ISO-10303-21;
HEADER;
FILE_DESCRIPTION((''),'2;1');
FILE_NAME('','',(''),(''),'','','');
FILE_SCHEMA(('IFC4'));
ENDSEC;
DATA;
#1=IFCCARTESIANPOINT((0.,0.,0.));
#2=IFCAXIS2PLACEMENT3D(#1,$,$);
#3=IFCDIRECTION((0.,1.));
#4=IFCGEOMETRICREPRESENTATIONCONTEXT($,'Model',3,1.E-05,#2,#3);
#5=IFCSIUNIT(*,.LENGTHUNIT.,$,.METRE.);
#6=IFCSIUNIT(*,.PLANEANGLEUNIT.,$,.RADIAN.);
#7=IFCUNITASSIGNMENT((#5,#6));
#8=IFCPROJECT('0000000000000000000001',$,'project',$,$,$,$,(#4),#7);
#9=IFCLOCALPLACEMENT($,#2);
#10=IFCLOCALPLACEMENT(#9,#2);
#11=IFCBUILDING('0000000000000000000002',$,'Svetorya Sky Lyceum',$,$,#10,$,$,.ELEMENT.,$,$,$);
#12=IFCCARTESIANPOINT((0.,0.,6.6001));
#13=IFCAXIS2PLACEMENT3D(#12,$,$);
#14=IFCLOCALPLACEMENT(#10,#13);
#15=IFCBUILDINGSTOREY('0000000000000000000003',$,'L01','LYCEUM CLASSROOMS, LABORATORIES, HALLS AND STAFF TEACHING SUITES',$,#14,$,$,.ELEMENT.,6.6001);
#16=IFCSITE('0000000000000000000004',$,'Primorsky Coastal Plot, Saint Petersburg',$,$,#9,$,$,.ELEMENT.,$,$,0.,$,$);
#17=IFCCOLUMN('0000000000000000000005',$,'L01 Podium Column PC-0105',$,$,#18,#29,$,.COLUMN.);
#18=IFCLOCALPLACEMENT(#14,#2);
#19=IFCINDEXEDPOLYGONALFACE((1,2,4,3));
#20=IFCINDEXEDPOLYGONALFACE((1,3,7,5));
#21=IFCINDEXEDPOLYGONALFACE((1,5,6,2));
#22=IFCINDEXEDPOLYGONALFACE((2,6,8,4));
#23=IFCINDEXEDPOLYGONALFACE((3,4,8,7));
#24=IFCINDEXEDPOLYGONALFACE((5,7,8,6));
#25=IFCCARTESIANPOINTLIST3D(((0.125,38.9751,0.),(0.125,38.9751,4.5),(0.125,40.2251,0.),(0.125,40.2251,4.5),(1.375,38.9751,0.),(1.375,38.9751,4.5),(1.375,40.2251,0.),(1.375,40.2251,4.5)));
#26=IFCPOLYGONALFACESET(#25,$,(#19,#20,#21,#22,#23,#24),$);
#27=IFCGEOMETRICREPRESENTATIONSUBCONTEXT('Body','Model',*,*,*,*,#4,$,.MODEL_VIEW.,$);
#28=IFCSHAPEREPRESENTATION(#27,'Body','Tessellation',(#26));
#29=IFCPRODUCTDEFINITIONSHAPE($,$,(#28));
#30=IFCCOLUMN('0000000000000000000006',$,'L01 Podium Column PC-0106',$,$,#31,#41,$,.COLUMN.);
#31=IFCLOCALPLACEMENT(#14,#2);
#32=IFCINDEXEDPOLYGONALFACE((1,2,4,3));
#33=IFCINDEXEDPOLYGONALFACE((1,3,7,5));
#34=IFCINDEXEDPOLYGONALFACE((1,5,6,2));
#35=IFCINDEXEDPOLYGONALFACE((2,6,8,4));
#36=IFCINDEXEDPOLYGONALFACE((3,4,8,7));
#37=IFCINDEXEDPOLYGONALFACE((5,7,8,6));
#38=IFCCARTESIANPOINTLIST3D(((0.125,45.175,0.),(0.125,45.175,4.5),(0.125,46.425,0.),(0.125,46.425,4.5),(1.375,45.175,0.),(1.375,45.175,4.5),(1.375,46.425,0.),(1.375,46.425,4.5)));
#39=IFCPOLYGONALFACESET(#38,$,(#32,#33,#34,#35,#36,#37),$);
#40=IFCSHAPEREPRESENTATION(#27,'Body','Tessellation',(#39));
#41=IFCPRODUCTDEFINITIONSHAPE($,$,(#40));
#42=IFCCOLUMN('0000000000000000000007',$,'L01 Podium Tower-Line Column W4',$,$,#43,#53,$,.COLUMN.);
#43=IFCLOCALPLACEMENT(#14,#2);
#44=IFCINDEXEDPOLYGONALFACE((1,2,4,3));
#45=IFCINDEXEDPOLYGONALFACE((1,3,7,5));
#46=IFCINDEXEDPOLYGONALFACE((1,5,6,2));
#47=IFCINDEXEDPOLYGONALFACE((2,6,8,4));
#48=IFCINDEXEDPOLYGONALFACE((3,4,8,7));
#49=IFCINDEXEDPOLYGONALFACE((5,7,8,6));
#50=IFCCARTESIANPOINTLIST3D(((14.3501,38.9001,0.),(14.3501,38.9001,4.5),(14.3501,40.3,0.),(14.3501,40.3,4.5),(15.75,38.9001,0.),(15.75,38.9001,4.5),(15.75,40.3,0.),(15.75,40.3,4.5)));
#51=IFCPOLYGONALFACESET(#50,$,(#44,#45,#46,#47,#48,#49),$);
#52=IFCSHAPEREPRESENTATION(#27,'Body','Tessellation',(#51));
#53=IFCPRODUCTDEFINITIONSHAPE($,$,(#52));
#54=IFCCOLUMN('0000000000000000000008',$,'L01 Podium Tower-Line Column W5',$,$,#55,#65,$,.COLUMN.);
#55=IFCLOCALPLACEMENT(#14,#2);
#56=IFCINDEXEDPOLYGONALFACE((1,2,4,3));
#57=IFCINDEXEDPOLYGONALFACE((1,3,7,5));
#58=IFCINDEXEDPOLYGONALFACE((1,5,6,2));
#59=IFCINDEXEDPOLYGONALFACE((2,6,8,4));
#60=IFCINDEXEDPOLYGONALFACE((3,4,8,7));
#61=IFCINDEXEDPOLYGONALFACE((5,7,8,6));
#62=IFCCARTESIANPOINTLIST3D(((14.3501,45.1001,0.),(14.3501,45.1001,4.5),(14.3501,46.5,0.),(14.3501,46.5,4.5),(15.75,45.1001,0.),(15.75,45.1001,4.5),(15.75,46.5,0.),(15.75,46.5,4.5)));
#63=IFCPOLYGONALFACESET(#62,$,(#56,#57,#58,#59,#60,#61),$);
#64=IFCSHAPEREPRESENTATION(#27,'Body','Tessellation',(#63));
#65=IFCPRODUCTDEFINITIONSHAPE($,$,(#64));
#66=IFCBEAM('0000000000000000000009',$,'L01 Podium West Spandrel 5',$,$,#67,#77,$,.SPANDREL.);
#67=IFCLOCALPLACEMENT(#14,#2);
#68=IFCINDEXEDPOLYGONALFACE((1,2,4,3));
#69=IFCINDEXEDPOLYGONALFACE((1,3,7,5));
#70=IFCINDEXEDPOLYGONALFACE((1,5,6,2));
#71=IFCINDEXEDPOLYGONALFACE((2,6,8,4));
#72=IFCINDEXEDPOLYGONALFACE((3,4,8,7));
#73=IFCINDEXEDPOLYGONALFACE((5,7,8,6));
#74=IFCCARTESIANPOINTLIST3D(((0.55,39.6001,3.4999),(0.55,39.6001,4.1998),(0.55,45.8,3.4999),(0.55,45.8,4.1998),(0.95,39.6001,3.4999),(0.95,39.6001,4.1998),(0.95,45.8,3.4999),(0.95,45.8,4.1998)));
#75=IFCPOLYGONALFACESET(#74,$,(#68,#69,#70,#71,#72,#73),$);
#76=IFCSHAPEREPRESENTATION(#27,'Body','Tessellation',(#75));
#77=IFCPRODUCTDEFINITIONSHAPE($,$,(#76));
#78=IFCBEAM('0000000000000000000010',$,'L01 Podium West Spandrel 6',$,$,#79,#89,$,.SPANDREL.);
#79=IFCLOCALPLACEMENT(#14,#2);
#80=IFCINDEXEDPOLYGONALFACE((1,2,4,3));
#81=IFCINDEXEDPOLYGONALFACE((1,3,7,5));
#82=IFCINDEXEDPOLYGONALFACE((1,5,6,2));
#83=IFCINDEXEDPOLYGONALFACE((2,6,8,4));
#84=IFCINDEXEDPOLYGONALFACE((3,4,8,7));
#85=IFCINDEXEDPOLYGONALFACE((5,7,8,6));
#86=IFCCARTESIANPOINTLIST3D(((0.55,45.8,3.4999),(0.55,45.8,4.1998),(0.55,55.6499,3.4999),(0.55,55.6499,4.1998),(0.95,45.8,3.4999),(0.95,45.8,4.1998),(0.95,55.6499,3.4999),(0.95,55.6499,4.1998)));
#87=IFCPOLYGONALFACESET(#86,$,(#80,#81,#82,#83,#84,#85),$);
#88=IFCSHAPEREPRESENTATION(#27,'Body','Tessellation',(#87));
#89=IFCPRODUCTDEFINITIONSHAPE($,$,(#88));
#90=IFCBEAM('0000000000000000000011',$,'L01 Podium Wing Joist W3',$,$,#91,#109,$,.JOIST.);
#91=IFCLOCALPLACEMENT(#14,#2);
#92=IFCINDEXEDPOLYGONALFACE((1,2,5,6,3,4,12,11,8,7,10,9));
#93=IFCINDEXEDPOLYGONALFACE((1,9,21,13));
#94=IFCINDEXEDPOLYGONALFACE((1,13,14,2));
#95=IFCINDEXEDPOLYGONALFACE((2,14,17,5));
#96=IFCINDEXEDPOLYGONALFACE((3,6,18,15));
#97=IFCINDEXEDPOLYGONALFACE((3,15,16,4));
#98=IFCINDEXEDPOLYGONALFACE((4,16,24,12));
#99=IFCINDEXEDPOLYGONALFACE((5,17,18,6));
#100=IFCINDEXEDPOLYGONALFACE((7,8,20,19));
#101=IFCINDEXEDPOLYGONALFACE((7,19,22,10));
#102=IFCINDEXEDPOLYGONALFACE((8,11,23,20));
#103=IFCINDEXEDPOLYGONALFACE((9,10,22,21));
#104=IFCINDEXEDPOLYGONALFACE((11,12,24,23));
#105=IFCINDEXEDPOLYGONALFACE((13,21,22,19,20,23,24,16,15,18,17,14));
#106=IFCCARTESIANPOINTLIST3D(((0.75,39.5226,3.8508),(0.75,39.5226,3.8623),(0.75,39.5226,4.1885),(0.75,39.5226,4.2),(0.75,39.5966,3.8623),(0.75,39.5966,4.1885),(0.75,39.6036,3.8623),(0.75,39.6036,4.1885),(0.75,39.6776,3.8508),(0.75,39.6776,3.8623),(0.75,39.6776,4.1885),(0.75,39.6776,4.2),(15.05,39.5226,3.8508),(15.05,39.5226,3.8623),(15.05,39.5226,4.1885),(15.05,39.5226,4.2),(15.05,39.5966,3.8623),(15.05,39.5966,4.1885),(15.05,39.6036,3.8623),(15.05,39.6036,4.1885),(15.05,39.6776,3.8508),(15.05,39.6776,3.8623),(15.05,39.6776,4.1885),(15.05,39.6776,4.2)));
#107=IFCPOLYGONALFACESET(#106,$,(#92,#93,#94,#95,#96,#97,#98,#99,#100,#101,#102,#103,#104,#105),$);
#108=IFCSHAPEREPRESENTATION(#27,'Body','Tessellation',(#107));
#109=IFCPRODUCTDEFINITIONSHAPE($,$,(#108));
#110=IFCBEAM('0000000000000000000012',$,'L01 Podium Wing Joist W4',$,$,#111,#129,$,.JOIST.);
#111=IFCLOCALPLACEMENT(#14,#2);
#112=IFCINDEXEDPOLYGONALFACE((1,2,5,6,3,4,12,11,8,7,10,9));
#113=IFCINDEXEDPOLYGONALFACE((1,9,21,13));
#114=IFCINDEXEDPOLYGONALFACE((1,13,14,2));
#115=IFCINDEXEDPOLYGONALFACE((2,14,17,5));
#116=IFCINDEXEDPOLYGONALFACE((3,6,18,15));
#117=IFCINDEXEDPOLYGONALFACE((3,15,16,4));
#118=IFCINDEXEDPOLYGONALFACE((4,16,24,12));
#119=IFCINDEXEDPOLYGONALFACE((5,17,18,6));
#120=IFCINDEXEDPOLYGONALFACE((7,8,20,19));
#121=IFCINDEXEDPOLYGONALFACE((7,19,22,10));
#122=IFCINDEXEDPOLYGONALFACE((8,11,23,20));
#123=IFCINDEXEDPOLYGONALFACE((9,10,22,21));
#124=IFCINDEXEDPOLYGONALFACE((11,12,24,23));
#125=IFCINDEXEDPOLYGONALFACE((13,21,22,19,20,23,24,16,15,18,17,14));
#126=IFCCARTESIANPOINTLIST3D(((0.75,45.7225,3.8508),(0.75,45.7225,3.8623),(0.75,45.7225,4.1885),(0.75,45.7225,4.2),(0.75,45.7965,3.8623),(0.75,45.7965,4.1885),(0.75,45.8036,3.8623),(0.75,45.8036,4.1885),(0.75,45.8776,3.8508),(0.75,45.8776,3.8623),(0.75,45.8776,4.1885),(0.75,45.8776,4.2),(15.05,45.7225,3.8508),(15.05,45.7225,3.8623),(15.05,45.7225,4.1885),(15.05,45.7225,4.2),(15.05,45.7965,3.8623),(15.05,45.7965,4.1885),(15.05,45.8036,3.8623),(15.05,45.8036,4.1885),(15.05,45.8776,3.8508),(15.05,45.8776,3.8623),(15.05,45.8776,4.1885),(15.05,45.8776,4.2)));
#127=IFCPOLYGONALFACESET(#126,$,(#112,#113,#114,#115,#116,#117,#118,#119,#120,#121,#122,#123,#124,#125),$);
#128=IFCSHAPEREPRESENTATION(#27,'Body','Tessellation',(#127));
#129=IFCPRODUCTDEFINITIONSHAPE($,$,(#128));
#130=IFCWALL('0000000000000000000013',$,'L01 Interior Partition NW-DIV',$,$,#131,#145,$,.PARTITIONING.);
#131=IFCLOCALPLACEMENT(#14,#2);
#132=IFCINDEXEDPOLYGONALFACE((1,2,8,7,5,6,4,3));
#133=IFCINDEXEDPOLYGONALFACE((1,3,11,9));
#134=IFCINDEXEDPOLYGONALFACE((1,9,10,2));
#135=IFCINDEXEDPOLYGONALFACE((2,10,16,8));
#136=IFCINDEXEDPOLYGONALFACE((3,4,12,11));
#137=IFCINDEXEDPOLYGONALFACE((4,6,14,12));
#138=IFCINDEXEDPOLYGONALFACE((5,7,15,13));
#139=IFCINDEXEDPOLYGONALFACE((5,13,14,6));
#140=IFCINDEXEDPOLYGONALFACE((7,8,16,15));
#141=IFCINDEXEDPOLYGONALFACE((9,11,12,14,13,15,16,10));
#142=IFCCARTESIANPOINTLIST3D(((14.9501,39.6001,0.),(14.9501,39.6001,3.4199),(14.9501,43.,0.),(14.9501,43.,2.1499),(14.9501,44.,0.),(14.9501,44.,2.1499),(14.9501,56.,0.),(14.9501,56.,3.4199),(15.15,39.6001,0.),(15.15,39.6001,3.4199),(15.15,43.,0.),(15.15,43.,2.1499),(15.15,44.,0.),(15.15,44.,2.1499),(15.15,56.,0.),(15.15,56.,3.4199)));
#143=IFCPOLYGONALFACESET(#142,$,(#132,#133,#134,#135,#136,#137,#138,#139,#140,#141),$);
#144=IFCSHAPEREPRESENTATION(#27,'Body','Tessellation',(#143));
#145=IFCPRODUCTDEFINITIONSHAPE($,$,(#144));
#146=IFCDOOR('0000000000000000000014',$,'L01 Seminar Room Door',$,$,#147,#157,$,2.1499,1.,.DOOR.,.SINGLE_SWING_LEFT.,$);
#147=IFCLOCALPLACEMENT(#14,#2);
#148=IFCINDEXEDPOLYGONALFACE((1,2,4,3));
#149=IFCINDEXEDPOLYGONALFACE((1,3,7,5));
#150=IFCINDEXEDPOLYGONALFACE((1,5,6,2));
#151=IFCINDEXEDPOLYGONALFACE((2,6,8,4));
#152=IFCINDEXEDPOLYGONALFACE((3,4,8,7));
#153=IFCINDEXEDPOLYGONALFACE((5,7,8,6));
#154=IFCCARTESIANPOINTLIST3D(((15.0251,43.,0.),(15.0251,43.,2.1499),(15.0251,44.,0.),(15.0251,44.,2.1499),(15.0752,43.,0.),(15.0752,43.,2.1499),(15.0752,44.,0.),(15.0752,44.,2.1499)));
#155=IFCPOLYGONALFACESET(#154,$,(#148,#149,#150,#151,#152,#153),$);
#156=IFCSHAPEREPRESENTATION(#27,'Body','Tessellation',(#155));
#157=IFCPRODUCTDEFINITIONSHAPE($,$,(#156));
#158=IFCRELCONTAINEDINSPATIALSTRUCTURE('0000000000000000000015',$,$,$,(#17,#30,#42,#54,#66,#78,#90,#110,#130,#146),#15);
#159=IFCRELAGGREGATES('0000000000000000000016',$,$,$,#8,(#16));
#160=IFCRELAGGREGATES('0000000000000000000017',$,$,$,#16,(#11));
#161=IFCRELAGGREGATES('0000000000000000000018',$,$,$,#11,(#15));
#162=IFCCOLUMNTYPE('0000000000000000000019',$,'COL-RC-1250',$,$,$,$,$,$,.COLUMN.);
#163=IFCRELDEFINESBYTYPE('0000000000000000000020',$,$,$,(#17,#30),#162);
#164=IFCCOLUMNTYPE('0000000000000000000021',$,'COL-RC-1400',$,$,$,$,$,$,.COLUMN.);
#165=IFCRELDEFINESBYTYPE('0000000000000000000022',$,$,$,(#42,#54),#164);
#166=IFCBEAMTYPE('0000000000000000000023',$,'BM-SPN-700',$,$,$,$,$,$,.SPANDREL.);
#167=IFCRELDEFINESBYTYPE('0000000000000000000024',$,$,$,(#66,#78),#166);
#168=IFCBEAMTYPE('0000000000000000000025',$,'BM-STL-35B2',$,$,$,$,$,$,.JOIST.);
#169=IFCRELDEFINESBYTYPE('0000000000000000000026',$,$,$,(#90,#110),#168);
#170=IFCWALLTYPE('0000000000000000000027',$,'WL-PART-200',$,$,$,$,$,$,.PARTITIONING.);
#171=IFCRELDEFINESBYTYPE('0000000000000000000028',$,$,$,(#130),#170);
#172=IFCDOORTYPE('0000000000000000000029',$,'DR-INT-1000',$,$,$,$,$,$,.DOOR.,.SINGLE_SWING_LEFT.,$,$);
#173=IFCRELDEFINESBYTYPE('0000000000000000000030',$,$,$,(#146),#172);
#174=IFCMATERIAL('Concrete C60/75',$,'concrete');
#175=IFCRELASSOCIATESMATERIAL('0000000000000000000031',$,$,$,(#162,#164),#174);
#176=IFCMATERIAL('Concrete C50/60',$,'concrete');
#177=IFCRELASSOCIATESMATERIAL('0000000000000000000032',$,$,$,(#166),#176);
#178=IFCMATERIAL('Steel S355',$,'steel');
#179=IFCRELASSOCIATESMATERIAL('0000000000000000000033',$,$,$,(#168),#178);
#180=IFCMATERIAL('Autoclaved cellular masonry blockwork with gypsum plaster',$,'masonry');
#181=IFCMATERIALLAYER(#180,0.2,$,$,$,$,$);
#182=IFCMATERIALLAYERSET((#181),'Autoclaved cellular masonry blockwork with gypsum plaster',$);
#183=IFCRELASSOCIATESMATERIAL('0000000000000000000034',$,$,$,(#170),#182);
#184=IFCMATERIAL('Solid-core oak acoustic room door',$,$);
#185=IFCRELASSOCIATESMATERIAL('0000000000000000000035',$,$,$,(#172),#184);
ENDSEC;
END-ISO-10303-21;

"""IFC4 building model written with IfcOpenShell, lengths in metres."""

from ifc_helpers import new_model, si_unit, direction, frame, frame_2d, origin, origin_2d, place, context, subcontext, project, spatial, rectangle, i_section, extrude, material, layer, layer_set, material_profile, profile_set, type_object, element, fill, save


model = new_model("IFC4")

# Units and contexts
model_context = context("Model", 3, precision=1e-05, world=origin(), true_north=direction((0.0, 1.0)))
body_context = subcontext(model_context, "Body", "Model", "MODEL_VIEW")
ifc_project = project(units=[si_unit("LENGTHUNIT", "METRE"), si_unit("PLANEANGLEUNIT", "RADIAN")], contexts=[model_context])

# Site, building, storey
site_placement = place(None, origin())
site = spatial("IfcSite", under=ifc_project, at=site_placement, Name="Primorsky Coastal Plot, Saint Petersburg", CompositionType="ELEMENT", RefElevation=0.0)
building_placement = place(site_placement, origin())
building = spatial("IfcBuilding", under=site, at=building_placement, Name="Svetorya Sky Lyceum", CompositionType="ELEMENT")
storey_placement = place(building_placement, frame((0.0, 0.0, 6.6001)))
storey = spatial("IfcBuildingStorey", under=building, at=storey_placement, Name="L01", Description="LYCEUM CLASSROOMS, LABORATORIES, HALLS AND STAFF TEACHING SUITES", CompositionType="ELEMENT", Elevation=6.6001)

# Columns
ifc_material_1 = material(Name="Concrete C60/75", Category="concrete")
ifc_material_profile_1 = material_profile(ifc_material_1, rectangle(XDim=1.25, YDim=1.25, at=origin_2d()), Name="RC COL 1250x1250")
ifc_profile_set_1 = profile_set([ifc_material_profile_1], Name="Concrete C60/75")
column_type_1 = type_object("IfcColumnType", Name="COL-RC-1250", PredefinedType="COLUMN", material=ifc_profile_set_1)
for number, where, z_axis, x_axis, name in (
    (1, (0.75, 39.6001, 0.0), (0.0, 0.0, 1.0), (1.0, 0.0, 0.0), "L01 Podium Column PC-0105"),
    (2, (0.75, 45.8, 0.0), (0.0, 0.0, 1.0), (1.0, 0.0, 0.0), "L01 Podium Column PC-0106"),
):
    element("IfcColumn", number, at=place(storey_placement, frame(where, z_axis=z_axis, x_axis=x_axis)), inside=storey, type_object=column_type_1, Name=name, PredefinedType="COLUMN", context=body_context, shape_type="SweptSolid", body=[
        extrude(rectangle(XDim=1.25, YDim=1.25, at=origin_2d()), origin(), (0.0, 0.0, 1.0), 4.5),
    ])
ifc_material_profile_2 = material_profile(ifc_material_1, rectangle(XDim=1.3999, YDim=1.3999, at=origin_2d()), Name="RC COL 1400x1400")
ifc_profile_set_2 = profile_set([ifc_material_profile_2], Name="Concrete C60/75")
column_type_2 = type_object("IfcColumnType", Name="COL-RC-1400", PredefinedType="COLUMN", material=ifc_profile_set_2)
for number, where, z_axis, x_axis, name in (
    (3, (15.05, 39.6001, 0.0), (0.0, 0.0, 1.0), (1.0, 0.0, 0.0), "L01 Podium Tower-Line Column W4"),
    (4, (15.05, 45.8, 0.0), (0.0, 0.0, 1.0), (1.0, 0.0, 0.0), "L01 Podium Tower-Line Column W5"),
):
    element("IfcColumn", number, at=place(storey_placement, frame(where, z_axis=z_axis, x_axis=x_axis)), inside=storey, type_object=column_type_2, Name=name, PredefinedType="COLUMN", context=body_context, shape_type="SweptSolid", body=[
        extrude(rectangle(XDim=1.3999, YDim=1.3999, at=origin_2d()), origin(), (0.0, 0.0, 1.0), 4.5),
    ])

# Beams
ifc_material_2 = material(Name="Concrete C50/60", Category="concrete")
ifc_material_profile_3 = material_profile(ifc_material_2, rectangle(XDim=0.3999, YDim=0.7, at=origin_2d()), Name="RC SPANDREL 400x700")
ifc_profile_set_3 = profile_set([ifc_material_profile_3], Name="Concrete C50/60")
beam_type_1 = type_object("IfcBeamType", Name="BM-SPN-700", PredefinedType="SPANDREL", material=ifc_profile_set_3)
beam_1_placement = place(storey_placement, frame((0.75, 39.6001, 3.8499), z_axis=(0.0, 1.0, 0.0), x_axis=(-1.0, 0.0, 0.0)))
element("IfcBeam", 5, at=beam_1_placement, inside=storey, type_object=beam_type_1, Name="L01 Podium West Spandrel 5", PredefinedType="SPANDREL", context=body_context, shape_type="SweptSolid", body=[
    extrude(rectangle(XDim=0.3999, YDim=0.7, at=origin_2d()), origin(), (0.0, 0.0, 1.0), 6.2),
])
beam_2_placement = place(storey_placement, frame((0.75, 45.8, 3.8499), z_axis=(0.0, 1.0, 0.0), x_axis=(-1.0, 0.0, 0.0)))
element("IfcBeam", 6, at=beam_2_placement, inside=storey, type_object=beam_type_1, Name="L01 Podium West Spandrel 6", PredefinedType="SPANDREL", context=body_context, shape_type="SweptSolid", body=[
    extrude(rectangle(XDim=0.3999, YDim=0.7, at=origin_2d()), origin(), (0.0, 0.0, 1.0), 9.8499),
])
ifc_material_3 = material(Name="Steel S355", Category="steel")
ifc_material_profile_4 = material_profile(ifc_material_3, i_section(OverallWidth=0.155, OverallDepth=0.3491, WebThickness=0.0071, FlangeThickness=0.0115, at=origin_2d()), Name="GOST 35B2")
ifc_profile_set_4 = profile_set([ifc_material_profile_4], Name="Steel S355")
beam_type_2 = type_object("IfcBeamType", Name="BM-STL-35B2", PredefinedType="JOIST", material=ifc_profile_set_4)
for number, where, z_axis, x_axis, name in (
    (7, (0.75, 39.6001, 4.0254), (1.0, 0.0, 0.0), (0.0, 1.0, 0.0), "L01 Podium Wing Joist W3"),
    (8, (0.75, 45.8, 4.0254), (1.0, 0.0, 0.0), (0.0, 1.0, 0.0), "L01 Podium Wing Joist W4"),
):
    element("IfcBeam", number, at=place(storey_placement, frame(where, z_axis=z_axis, x_axis=x_axis)), inside=storey, type_object=beam_type_2, Name=name, PredefinedType="JOIST", context=body_context, shape_type="SweptSolid", body=[
        extrude(i_section(OverallWidth=0.155, OverallDepth=0.3491, WebThickness=0.0071, FlangeThickness=0.0115, at=origin_2d()), origin(), (0.0, 0.0, 1.0), 14.3),
    ])

# Wall, opening, door
ifc_material_4 = material(Name="Autoclaved cellular masonry blockwork with gypsum plaster", Category="masonry")
ifc_layer_1 = layer(ifc_material_4, 0.2)
ifc_layer_set_1 = layer_set([ifc_layer_1], Name="Autoclaved cellular masonry blockwork with gypsum plaster")
wall_type_1 = type_object("IfcWallType", Name="WL-PART-200", PredefinedType="PARTITIONING", material=ifc_layer_set_1)
wall_1_placement = place(storey_placement, frame((15.05, 39.6001, 0.0), z_axis=(0.0, 0.0, 1.0), x_axis=(0.0, 1.0, 0.0)))
wall_1 = element("IfcWall", 9, at=wall_1_placement, inside=storey, type_object=wall_type_1, Name="L01 Interior Partition NW-DIV", PredefinedType="PARTITIONING", context=body_context, shape_type="SweptSolid", body=[
    extrude(rectangle(XDim=16.3999, YDim=0.2, at=frame_2d((8.2, 0.0))), origin(), (0.0, 0.0, 1.0), 3.4199),
])
opening_1_placement = place(wall_1_placement, frame((3.3999, 0.0, 0.0)))
opening_1 = element("IfcOpeningElement", 10, at=opening_1_placement, cuts=wall_1, PredefinedType="OPENING", context=body_context, shape_type="SweptSolid", body=[
    extrude(rectangle(XDim=1.0, YDim=2.1499, at=frame_2d((0.5, 1.075))), frame((0.0, 0.1099, 0.0), z_axis=(0.0, -1.0, 0.0), x_axis=(1.0, 0.0, 0.0)), (0.0, 0.0, 1.0), 0.22),
])
ifc_material_5 = material(Name="Solid-core oak acoustic room door")
door_type = type_object("IfcDoorType", Name="DR-INT-1000", OperationType="SINGLE_SWING_LEFT", PredefinedType="DOOR", material=ifc_material_5)
door_placement = place(opening_1_placement, origin())
door = element("IfcDoor", 11, at=door_placement, inside=storey, type_object=door_type, Name="L01 Seminar Room Door", OperationType="SINGLE_SWING_LEFT", OverallHeight=2.1499, OverallWidth=1.0, PredefinedType="DOOR", context=body_context, shape_type="SweptSolid", body=[
    extrude(rectangle(XDim=1.0, YDim=2.1499, at=frame_2d((0.5, 1.075))), frame((0.0, 0.0249, 0.0), z_axis=(0.0, -1.0, 0.0), x_axis=(1.0, 0.0, 0.0)), (0.0, 0.0, 1.0), 0.05),
])
fill(opening_1, door)

save(model, "model.ifc")
